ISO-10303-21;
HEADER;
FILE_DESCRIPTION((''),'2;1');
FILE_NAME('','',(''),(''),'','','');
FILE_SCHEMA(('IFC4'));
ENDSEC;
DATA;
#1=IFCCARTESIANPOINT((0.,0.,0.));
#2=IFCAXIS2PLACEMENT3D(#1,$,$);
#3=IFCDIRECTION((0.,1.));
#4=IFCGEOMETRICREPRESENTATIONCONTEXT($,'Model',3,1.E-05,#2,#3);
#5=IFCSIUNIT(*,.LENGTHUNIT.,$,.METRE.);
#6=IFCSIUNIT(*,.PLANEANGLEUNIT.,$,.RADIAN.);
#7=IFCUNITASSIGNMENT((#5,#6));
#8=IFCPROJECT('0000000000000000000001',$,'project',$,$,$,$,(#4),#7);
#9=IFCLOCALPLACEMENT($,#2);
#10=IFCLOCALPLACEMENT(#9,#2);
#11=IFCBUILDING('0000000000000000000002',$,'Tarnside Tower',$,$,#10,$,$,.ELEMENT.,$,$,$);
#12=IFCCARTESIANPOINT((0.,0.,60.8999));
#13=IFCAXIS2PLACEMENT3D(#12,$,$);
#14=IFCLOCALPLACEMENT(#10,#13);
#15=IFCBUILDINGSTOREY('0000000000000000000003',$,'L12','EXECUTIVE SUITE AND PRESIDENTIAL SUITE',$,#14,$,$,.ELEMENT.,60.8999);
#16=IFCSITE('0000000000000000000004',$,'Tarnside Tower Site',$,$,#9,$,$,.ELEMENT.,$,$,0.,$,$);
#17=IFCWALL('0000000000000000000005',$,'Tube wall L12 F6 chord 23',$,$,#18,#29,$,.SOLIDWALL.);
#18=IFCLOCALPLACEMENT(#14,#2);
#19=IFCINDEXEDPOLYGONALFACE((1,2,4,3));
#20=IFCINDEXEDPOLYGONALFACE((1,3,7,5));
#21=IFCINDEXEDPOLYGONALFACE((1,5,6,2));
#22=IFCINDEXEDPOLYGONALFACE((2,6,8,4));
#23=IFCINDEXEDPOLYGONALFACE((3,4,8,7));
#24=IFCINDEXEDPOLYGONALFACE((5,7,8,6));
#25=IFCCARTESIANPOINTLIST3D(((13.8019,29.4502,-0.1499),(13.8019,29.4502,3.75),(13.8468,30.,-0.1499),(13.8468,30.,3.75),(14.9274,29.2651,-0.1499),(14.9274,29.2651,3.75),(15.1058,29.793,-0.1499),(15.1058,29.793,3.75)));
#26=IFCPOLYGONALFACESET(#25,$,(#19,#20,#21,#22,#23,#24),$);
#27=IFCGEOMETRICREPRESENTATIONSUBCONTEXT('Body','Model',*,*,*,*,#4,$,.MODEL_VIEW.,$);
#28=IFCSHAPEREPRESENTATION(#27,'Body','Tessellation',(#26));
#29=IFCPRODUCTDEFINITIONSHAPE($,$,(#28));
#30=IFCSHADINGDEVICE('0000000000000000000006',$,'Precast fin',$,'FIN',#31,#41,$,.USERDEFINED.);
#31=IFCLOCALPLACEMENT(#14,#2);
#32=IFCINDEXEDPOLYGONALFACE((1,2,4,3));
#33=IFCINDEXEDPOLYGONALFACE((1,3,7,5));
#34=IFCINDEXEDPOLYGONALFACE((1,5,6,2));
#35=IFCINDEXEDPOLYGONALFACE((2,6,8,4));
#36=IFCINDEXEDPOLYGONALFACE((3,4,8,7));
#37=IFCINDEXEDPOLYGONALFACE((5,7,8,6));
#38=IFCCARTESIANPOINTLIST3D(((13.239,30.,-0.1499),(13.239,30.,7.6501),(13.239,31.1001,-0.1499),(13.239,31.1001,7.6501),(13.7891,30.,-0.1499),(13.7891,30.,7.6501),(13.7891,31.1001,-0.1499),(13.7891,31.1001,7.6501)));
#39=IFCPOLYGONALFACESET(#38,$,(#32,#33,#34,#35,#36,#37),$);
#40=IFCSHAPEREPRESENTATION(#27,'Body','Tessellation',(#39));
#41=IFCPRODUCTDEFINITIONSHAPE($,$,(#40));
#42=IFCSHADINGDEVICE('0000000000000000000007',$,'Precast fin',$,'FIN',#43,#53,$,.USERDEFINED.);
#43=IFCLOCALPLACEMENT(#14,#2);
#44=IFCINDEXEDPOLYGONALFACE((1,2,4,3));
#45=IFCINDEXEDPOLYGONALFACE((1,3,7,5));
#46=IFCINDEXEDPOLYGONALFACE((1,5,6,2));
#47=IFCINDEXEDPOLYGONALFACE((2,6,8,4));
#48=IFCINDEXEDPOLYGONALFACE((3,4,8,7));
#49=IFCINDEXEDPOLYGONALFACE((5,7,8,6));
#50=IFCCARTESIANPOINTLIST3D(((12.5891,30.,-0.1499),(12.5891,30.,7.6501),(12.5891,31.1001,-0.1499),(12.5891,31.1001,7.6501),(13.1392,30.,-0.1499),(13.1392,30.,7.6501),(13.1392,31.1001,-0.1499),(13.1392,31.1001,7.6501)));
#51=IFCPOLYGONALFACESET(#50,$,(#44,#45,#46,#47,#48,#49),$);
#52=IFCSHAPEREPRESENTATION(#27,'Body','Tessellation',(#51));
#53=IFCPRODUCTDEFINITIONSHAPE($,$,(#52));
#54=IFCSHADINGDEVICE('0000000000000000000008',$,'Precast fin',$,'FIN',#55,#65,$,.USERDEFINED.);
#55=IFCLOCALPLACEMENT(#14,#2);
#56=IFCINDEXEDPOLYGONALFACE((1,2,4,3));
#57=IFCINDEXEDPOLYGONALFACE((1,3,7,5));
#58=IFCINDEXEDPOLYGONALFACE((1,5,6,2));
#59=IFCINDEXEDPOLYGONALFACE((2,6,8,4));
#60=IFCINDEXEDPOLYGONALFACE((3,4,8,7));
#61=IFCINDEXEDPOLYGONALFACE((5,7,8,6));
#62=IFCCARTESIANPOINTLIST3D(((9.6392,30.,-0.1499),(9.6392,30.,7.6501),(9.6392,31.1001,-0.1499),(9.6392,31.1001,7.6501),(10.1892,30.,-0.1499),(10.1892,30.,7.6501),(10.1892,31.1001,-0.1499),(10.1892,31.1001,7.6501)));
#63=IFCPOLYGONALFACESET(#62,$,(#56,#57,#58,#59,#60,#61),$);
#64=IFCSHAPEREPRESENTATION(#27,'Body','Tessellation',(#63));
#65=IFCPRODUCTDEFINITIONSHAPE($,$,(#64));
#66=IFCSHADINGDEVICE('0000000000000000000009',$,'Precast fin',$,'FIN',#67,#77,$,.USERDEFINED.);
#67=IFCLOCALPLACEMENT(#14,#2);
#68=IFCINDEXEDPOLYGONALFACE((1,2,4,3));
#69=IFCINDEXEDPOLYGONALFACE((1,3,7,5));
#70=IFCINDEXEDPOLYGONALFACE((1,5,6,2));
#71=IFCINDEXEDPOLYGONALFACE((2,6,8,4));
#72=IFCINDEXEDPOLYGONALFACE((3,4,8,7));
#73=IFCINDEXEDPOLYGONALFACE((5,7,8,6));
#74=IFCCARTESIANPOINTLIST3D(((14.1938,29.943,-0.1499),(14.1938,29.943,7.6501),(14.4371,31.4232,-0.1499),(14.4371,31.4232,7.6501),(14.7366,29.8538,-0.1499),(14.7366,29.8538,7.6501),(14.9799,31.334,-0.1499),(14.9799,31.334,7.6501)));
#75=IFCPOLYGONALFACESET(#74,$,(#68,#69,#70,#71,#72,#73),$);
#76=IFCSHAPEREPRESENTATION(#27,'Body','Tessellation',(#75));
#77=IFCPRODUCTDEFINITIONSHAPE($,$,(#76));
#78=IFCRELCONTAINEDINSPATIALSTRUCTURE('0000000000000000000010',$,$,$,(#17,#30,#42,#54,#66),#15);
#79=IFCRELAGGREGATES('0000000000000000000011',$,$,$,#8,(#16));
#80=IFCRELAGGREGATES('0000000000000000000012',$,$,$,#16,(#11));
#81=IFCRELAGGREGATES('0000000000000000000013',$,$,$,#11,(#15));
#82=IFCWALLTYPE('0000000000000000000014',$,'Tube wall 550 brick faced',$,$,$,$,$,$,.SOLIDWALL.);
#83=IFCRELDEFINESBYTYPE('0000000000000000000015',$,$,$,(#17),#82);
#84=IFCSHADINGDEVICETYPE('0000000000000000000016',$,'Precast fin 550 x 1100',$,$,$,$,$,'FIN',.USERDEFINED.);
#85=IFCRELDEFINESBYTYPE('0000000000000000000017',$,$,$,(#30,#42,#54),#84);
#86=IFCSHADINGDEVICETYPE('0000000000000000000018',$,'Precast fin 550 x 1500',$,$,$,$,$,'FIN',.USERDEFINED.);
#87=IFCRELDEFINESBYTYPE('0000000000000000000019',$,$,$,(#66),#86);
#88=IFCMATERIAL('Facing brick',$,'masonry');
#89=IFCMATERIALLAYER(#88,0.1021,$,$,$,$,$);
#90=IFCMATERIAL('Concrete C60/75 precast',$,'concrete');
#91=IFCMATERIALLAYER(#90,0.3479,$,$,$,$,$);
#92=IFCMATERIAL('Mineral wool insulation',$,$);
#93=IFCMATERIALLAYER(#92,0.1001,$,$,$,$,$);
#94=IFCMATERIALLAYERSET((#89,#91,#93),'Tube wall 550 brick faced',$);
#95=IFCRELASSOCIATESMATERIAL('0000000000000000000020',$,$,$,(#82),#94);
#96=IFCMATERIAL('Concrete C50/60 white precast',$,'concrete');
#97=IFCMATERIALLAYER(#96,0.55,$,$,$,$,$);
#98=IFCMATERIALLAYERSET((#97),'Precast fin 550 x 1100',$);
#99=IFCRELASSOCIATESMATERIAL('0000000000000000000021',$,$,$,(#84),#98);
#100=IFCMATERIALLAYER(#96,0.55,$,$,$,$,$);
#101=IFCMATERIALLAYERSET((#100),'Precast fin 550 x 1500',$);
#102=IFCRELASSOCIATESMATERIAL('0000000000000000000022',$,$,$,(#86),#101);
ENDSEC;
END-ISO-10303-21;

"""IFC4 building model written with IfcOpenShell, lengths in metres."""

from ifc_helpers import new_model, si_unit, direction, frame, origin, place, context, subcontext, project, spatial, polyline, outline, extrude, material, layer, layer_set, type_object, element, save


model = new_model("IFC4")

# Units and contexts
model_context = context("Model", 3, precision=1e-05, world=origin(), true_north=direction((0.0, 1.0)))
body_context = subcontext(model_context, "Body", "Model", "MODEL_VIEW")
ifc_project = project(units=[si_unit("LENGTHUNIT", "METRE"), si_unit("PLANEANGLEUNIT", "RADIAN")], contexts=[model_context])

# Site, building, storey
site_placement = place(None, origin())
site = spatial("IfcSite", under=ifc_project, at=site_placement, Name="Tarnside Tower Site", CompositionType="ELEMENT", RefElevation=0.0)
building_placement = place(site_placement, origin())
building = spatial("IfcBuilding", under=site, at=building_placement, Name="Tarnside Tower", CompositionType="ELEMENT")
storey_placement = place(building_placement, frame((0.0, 0.0, 60.8999)))
storey = spatial("IfcBuildingStorey", under=building, at=storey_placement, Name="L12", Description="EXECUTIVE SUITE AND PRESIDENTIAL SUITE", CompositionType="ELEMENT", Elevation=60.8999)

# Shared definitions
ifc_material_1 = material(Name="Facing brick", Category="masonry")
ifc_layer_1 = layer(ifc_material_1, 0.1021)
ifc_material_2 = material(Name="Concrete C60/75 precast", Category="concrete")
ifc_layer_2 = layer(ifc_material_2, 0.3479)
ifc_material_3 = material(Name="Mineral wool insulation")
ifc_layer_3 = layer(ifc_material_3, 0.1001)
ifc_layer_set_1 = layer_set([ifc_layer_1, ifc_layer_2, ifc_layer_3], Name="Tube wall 550 brick faced")
wall_type_1 = type_object("IfcWallType", Name="Tube wall 550 brick faced", PredefinedType="SOLIDWALL", material=ifc_layer_set_1)

# Wall
wall_1_placement = place(storey_placement, frame((15.0166, 29.5291, -0.1499), z_axis=(0.0, 0.0, 1.0), x_axis=(-0.986747, 0.162269, 0.0)))
element("IfcWall", 1, at=wall_1_placement, inside=storey, type_object=wall_type_1, Name="Tube wall L12 F6 chord 23", PredefinedType="SOLIDWALL", context=body_context, shape_type="SweptSolid", body=[
    extrude(outline(polyline([(-0.0452, -0.2749), (1.2307, -0.2749), (1.1858, 0.2749), (0.0452, 0.2749), (-0.0452, -0.2749)])), origin(), (0.0, 0.0, 1.0), 3.8999),
])

# Shading devices
ifc_material_4 = material(Name="Concrete C50/60 white precast", Category="concrete")
ifc_layer_4 = layer(ifc_material_4, 0.55)
ifc_layer_set_2 = layer_set([ifc_layer_4], Name="Precast fin 550 x 1100")
shading_device_type_1 = type_object("IfcShadingDeviceType", Name="Precast fin 550 x 1100", ElementType="FIN", PredefinedType="USERDEFINED", material=ifc_layer_set_2)
for number, where, z_axis, x_axis, name in (
    (2, (13.5139, 30.0, -0.1499), (1.0, 0.0, 0.0), (0.0, 1.0, 0.0), "Precast fin"),
    (3, (12.864, 30.0, -0.1499), (1.0, 0.0, 0.0), (0.0, 1.0, 0.0), "Precast fin"),
    (4, (9.9141, 30.0, -0.1499), (1.0, 0.0, 0.0), (0.0, 1.0, 0.0), "Precast fin"),
):
    element("IfcShadingDevice", number, at=place(storey_placement, frame(where, z_axis=z_axis, x_axis=x_axis)), inside=storey, type_object=shading_device_type_1, Name=name, ObjectType="FIN", PredefinedType="USERDEFINED", context=body_context, shape_type="SweptSolid", body=[
        extrude(outline(polyline([(0.0, 0.0), (1.1001, 0.0), (1.1001, 7.8), (0.0, 7.8), (0.0, 0.0)])), frame((0.0, 0.0, -0.2749)), (0.0, 0.0, 1.0), 0.55),
    ])
ifc_layer_5 = layer(ifc_material_4, 0.55)
ifc_layer_set_3 = layer_set([ifc_layer_5], Name="Precast fin 550 x 1500")
shading_device_type_2 = type_object("IfcShadingDeviceType", Name="Precast fin 550 x 1500", ElementType="FIN", PredefinedType="USERDEFINED", material=ifc_layer_set_3)
shading_device_placement = place(storey_placement, frame((14.4651, 29.8984, -0.1499), z_axis=(0.986762, -0.162178, 0.0), x_axis=(0.162178, 0.986762, 0.0)))
element("IfcShadingDevice", 5, at=shading_device_placement, inside=storey, type_object=shading_device_type_2, Name="Precast fin", ObjectType="FIN", PredefinedType="USERDEFINED", context=body_context, shape_type="SweptSolid", body=[
    extrude(outline(polyline([(0.0, 0.0), (1.5, 0.0), (1.5, 7.8), (0.0, 7.8), (0.0, 0.0)])), frame((0.0, 0.0, -0.2749)), (0.0, 0.0, 1.0), 0.55),
])

save(model, "model.ifc")
